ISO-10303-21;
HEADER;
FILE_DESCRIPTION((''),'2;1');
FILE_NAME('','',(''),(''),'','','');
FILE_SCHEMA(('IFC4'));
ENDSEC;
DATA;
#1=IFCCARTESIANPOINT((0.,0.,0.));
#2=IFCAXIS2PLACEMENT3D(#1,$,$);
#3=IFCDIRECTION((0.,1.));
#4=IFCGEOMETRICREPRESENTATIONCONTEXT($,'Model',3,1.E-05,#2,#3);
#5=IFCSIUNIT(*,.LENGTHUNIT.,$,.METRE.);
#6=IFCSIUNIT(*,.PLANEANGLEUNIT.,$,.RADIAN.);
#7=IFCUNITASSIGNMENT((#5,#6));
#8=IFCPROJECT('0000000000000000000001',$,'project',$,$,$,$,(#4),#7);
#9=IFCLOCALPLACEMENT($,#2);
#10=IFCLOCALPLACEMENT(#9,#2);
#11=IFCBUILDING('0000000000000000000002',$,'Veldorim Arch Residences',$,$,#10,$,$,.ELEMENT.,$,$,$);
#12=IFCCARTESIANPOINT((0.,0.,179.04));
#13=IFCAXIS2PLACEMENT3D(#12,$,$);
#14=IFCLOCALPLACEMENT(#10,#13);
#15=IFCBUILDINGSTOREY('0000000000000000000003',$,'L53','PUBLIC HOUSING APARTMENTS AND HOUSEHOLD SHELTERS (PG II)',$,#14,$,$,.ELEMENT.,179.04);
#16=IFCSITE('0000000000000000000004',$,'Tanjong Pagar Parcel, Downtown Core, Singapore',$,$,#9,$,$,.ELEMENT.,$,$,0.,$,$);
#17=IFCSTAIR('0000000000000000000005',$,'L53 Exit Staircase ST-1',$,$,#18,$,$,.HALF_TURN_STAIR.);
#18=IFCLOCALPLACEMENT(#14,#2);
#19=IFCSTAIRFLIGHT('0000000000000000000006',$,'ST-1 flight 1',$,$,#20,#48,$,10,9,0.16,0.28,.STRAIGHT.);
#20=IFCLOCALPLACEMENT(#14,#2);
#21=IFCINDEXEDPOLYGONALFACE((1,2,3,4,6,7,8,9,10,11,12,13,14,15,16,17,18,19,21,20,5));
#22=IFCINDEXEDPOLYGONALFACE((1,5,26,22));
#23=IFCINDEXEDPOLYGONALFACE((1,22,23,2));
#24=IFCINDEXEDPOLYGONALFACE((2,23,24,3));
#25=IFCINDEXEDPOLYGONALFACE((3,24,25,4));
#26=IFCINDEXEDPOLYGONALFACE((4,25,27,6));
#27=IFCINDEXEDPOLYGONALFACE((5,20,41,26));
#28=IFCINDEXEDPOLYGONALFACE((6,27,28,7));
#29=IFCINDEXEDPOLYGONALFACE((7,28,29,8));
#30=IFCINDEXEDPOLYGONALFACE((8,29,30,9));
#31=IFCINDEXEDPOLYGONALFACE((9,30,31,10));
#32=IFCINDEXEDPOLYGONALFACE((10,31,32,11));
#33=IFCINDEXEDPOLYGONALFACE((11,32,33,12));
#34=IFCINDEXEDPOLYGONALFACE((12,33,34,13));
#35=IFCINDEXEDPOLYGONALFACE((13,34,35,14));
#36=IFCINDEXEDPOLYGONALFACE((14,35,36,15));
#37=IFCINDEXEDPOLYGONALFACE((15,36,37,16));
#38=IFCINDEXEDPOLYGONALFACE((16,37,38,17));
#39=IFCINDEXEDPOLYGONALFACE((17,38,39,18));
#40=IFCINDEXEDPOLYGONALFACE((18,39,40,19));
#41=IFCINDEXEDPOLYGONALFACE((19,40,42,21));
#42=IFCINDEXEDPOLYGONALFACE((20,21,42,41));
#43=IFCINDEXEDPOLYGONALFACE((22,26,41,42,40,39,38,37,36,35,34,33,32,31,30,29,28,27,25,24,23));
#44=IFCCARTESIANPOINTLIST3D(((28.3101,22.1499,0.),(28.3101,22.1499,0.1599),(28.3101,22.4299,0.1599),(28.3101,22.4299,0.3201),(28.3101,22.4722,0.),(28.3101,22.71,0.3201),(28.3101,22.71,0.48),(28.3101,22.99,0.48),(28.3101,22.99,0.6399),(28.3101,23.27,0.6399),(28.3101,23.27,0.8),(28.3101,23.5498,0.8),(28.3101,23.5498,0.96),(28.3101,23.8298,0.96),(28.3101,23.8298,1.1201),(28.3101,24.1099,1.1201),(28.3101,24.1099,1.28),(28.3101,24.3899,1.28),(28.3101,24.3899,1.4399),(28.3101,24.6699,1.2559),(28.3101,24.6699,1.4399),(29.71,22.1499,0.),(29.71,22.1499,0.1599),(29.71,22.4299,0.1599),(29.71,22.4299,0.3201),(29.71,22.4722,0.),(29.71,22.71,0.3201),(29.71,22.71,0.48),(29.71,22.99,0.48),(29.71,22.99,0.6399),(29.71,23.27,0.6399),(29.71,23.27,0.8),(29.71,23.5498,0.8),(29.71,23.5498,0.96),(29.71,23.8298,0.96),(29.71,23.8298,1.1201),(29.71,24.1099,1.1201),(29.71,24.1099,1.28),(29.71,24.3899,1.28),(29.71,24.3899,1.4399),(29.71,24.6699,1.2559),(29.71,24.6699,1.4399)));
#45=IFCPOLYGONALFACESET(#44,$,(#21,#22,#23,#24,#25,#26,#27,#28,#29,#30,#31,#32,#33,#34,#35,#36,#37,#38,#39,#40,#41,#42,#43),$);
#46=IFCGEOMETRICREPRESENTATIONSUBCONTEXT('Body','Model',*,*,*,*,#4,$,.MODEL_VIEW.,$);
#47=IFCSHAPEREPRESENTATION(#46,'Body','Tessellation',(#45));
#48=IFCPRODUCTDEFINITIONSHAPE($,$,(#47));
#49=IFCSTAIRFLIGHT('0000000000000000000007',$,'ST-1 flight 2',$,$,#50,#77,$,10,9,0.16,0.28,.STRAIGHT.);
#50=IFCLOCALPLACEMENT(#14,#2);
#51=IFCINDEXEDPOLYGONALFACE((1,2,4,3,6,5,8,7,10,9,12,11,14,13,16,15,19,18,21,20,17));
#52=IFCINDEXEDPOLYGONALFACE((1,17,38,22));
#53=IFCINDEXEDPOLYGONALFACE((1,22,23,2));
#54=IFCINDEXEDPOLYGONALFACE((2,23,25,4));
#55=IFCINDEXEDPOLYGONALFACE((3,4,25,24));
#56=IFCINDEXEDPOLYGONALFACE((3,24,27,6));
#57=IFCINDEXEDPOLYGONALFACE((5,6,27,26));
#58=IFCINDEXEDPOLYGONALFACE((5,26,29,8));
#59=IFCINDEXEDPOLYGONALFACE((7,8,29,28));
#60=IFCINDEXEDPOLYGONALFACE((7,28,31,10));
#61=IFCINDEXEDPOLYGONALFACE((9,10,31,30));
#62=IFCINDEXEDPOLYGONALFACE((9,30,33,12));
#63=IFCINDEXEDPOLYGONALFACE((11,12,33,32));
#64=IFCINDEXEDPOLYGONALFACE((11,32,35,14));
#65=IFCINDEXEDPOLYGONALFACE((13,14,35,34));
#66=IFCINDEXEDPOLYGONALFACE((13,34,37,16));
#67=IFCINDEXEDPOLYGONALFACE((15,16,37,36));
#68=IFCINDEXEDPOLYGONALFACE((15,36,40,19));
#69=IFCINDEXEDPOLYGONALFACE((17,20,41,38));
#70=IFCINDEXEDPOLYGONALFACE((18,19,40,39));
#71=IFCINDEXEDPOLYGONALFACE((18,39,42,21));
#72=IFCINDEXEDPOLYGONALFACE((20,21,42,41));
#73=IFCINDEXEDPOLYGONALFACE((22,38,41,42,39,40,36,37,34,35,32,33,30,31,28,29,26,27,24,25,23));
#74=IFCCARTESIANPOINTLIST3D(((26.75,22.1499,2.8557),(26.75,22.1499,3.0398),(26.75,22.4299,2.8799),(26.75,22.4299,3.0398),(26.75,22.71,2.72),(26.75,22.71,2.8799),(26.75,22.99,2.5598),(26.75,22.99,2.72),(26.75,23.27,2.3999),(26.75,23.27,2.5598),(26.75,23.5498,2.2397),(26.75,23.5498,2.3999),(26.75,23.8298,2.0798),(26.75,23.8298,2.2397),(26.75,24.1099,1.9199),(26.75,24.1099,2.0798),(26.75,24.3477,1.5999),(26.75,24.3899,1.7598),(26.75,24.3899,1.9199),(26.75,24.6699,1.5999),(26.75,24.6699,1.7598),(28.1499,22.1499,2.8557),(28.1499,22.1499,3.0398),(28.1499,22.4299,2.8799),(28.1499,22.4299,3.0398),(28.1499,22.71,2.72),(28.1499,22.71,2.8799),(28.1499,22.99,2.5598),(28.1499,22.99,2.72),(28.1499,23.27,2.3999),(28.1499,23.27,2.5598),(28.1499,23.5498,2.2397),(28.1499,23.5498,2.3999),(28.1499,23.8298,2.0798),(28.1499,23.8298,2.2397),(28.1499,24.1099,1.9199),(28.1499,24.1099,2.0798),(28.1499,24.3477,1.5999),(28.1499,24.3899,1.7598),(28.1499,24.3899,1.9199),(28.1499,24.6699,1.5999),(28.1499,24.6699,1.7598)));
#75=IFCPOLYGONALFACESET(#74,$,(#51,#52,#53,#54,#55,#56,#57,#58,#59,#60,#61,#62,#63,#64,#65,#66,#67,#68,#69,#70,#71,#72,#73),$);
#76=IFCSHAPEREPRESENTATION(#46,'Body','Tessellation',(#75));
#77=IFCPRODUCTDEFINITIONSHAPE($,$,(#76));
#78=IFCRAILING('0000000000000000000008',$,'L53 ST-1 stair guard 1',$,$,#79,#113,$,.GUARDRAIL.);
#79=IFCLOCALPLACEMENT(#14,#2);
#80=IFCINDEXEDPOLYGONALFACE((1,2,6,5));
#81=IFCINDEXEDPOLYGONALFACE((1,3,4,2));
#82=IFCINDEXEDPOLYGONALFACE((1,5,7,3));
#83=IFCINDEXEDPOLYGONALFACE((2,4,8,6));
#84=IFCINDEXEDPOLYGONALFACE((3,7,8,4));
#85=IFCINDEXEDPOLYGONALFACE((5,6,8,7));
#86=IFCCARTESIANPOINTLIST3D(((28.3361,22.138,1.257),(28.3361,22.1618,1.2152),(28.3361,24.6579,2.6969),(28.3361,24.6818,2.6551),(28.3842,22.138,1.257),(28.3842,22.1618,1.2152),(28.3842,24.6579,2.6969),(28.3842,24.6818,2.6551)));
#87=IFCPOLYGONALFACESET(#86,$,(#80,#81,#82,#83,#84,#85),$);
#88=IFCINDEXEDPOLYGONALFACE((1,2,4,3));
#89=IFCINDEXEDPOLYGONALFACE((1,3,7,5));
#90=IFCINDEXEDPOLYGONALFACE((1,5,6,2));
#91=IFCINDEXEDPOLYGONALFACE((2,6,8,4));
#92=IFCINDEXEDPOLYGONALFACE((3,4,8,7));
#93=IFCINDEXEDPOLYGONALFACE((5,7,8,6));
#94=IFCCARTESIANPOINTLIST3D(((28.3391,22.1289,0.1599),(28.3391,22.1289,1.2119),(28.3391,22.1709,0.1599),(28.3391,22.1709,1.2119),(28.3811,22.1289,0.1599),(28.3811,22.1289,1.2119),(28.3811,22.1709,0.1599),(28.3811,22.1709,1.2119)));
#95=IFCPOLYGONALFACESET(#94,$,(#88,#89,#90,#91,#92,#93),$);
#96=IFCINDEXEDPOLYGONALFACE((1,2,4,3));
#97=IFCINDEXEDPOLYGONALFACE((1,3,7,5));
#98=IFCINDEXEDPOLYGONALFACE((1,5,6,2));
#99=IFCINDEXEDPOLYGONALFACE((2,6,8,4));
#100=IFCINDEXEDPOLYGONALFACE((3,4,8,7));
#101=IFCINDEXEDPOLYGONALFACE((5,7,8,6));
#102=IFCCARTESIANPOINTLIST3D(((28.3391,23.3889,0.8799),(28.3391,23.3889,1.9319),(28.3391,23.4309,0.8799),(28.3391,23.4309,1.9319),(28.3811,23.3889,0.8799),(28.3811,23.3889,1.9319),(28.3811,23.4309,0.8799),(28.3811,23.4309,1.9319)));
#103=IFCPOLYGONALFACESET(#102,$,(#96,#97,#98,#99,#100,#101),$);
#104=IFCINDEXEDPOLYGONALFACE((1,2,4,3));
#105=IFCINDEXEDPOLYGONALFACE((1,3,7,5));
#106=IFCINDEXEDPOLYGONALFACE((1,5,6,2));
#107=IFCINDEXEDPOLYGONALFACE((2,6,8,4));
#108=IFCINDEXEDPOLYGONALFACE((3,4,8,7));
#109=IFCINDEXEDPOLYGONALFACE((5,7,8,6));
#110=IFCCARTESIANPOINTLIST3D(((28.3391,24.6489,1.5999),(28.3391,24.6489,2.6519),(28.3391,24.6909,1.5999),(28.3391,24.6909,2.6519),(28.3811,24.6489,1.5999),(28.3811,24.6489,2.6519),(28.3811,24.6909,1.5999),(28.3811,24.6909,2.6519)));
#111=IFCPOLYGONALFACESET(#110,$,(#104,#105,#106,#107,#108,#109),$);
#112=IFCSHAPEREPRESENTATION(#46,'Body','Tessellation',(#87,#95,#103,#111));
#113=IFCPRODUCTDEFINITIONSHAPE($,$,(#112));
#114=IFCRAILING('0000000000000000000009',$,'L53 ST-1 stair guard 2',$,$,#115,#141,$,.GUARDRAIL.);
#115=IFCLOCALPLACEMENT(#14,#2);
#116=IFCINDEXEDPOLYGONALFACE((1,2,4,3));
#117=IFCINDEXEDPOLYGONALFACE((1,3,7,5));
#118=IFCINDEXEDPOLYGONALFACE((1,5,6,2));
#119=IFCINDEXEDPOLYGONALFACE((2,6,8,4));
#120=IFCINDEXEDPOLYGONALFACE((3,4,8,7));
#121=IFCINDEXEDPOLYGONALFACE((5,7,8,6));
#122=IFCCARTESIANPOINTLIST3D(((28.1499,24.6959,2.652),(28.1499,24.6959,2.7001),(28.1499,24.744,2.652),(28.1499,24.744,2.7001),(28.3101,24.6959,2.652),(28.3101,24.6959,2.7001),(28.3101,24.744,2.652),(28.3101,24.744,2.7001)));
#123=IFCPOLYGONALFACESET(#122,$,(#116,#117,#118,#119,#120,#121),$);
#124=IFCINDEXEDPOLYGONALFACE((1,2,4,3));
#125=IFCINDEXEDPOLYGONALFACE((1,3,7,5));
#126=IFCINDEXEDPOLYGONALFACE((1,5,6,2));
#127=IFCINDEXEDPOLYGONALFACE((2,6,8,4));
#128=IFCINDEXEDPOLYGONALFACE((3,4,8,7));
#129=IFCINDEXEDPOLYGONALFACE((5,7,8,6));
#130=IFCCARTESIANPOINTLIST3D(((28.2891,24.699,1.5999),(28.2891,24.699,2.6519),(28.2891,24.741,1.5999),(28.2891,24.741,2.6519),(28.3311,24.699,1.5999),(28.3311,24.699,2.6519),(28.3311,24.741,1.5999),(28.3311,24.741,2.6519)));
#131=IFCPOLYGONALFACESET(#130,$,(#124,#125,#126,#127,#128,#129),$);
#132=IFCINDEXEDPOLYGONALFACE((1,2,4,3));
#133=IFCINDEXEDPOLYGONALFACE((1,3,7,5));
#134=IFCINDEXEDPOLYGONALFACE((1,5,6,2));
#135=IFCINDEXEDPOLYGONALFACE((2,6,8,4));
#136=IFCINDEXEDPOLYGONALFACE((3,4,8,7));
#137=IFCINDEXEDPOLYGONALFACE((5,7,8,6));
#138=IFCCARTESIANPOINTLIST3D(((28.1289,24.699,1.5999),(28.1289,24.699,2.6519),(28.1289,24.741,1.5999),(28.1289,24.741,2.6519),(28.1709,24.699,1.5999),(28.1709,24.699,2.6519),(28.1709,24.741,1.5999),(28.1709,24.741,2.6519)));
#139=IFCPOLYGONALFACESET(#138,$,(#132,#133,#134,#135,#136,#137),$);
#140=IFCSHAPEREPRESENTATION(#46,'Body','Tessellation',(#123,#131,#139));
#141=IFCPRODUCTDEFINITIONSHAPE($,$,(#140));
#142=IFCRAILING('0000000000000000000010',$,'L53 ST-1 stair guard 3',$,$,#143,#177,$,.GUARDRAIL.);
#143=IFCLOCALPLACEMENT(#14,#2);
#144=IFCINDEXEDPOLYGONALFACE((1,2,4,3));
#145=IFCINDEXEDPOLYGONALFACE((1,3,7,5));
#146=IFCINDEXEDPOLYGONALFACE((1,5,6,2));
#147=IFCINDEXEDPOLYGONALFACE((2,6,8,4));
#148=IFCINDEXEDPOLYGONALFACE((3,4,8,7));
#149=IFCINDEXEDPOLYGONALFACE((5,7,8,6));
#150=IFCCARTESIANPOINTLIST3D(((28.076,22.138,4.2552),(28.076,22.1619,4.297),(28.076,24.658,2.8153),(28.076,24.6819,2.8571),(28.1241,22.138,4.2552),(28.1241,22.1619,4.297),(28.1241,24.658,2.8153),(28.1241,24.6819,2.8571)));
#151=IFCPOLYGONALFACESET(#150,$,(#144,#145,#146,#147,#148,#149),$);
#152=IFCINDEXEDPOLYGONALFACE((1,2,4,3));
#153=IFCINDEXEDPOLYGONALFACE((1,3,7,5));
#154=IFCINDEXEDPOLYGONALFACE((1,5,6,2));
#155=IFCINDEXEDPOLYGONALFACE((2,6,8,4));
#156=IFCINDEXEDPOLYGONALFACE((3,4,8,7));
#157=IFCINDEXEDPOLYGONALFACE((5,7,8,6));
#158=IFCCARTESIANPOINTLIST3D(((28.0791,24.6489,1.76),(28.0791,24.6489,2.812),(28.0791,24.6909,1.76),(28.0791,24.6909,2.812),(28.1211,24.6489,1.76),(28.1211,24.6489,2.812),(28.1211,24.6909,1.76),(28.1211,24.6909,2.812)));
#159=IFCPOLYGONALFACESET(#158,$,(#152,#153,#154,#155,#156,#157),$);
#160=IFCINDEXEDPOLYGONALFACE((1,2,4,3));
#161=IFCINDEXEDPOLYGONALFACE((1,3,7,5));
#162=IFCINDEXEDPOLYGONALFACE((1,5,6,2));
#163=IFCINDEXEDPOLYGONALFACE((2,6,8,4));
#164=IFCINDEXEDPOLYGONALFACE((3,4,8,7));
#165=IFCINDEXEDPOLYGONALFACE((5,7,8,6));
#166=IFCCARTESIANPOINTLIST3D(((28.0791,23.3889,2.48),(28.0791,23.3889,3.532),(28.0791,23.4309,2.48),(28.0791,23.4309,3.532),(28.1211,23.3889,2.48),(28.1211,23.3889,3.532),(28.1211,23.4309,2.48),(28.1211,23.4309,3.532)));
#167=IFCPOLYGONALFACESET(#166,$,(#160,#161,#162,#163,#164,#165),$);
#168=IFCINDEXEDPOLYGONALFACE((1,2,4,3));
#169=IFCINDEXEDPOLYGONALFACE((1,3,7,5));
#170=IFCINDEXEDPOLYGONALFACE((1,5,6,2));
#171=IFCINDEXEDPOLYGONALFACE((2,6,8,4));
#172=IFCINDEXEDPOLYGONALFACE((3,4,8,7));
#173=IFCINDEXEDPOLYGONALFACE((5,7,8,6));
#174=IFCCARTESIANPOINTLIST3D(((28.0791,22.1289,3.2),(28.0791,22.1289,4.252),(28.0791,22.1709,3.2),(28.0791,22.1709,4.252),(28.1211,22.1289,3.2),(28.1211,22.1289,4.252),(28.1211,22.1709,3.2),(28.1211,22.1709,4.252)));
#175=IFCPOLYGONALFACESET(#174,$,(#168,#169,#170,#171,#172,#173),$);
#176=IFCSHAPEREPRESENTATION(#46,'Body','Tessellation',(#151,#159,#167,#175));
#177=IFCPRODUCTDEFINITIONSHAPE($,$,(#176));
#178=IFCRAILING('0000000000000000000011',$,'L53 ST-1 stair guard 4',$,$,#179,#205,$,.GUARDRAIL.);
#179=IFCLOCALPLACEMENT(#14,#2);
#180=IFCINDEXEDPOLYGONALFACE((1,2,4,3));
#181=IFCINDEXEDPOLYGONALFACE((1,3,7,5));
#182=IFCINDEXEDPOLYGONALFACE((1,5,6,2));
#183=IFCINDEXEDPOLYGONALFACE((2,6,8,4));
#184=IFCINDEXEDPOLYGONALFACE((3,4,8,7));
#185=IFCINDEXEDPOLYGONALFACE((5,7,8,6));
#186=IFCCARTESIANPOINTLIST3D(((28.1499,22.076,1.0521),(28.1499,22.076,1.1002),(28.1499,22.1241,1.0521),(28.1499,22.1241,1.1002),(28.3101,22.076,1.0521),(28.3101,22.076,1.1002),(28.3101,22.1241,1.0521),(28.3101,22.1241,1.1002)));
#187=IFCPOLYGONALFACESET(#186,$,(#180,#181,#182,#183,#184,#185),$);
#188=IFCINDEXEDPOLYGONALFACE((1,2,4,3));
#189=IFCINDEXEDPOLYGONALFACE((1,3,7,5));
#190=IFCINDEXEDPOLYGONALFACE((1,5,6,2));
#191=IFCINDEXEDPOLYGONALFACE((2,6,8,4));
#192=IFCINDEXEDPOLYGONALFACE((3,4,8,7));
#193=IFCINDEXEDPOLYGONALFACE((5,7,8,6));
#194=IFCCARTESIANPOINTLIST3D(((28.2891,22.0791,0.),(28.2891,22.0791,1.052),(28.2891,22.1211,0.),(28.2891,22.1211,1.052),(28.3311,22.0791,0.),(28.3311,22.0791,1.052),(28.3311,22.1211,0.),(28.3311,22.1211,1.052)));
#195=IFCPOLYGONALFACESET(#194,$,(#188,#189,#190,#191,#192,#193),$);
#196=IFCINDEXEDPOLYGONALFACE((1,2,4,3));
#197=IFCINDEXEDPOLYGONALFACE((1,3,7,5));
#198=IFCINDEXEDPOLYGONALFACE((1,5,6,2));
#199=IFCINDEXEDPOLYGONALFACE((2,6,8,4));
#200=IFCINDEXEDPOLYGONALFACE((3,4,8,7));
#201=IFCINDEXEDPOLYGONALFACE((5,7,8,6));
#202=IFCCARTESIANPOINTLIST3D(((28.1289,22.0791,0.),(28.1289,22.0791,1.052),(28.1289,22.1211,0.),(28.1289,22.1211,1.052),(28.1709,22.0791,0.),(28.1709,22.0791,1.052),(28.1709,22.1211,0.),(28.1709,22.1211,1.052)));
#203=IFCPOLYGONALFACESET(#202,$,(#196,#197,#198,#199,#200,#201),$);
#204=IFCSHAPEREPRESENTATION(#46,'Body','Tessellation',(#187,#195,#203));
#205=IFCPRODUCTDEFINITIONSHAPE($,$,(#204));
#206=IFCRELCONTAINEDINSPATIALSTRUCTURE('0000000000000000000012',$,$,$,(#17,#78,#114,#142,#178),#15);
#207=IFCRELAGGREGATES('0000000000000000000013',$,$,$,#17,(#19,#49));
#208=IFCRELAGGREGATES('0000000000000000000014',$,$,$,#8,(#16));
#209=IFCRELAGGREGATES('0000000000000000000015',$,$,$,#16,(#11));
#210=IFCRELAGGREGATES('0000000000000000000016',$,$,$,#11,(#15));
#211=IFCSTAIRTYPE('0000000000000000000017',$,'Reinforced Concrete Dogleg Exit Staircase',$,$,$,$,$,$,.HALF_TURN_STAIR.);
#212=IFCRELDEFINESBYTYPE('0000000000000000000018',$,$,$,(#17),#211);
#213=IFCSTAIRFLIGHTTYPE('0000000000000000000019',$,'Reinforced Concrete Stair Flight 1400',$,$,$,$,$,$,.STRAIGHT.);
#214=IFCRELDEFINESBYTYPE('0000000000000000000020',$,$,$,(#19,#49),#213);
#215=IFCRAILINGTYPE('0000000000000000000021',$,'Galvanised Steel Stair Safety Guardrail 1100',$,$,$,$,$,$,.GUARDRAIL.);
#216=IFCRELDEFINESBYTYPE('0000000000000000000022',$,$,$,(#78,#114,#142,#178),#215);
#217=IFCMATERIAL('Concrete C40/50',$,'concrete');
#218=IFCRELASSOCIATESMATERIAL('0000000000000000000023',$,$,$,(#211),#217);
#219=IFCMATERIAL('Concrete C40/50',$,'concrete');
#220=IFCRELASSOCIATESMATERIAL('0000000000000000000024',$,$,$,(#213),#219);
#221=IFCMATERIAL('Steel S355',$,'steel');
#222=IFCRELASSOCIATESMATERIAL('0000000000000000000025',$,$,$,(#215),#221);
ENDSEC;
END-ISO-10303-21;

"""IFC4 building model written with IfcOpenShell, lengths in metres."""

from ifc_helpers import new_model, si_unit, direction, frame, origin, origin_2d, place, context, subcontext, project, spatial, polyline, rectangle, outline, extrude, material, type_object, element, aggregate, save


model = new_model("IFC4")

# Units and contexts
model_context = context("Model", 3, precision=1e-05, world=origin(), true_north=direction((0.0, 1.0)))
body_context = subcontext(model_context, "Body", "Model", "MODEL_VIEW")
ifc_project = project(units=[si_unit("LENGTHUNIT", "METRE"), si_unit("PLANEANGLEUNIT", "RADIAN")], contexts=[model_context])

# Site, building, storey
site_placement = place(None, origin())
site = spatial("IfcSite", under=ifc_project, at=site_placement, Name="Tanjong Pagar Parcel, Downtown Core, Singapore", CompositionType="ELEMENT", RefElevation=0.0)
building_placement = place(site_placement, origin())
building = spatial("IfcBuilding", under=site, at=building_placement, Name="Veldorim Arch Residences", CompositionType="ELEMENT")
storey_placement = place(building_placement, frame((0.0, 0.0, 179.04)))
storey = spatial("IfcBuildingStorey", under=building, at=storey_placement, Name="L53", Description="PUBLIC HOUSING APARTMENTS AND HOUSEHOLD SHELTERS (PG II)", CompositionType="ELEMENT", Elevation=179.04)

# Stair, stair flights
ifc_material_1 = material(Name="Concrete C40/50", Category="concrete")
stair_type = type_object("IfcStairType", Name="Reinforced Concrete Dogleg Exit Staircase", PredefinedType="HALF_TURN_STAIR", material=ifc_material_1)
stair_placement = place(storey_placement, origin())
stair = element("IfcStair", 1, at=stair_placement, inside=storey, type_object=stair_type, Name="L53 Exit Staircase ST-1", PredefinedType="HALF_TURN_STAIR")
ifc_material_2 = material(Name="Concrete C40/50", Category="concrete")
stair_flight_type = type_object("IfcStairFlightType", Name="Reinforced Concrete Stair Flight 1400", PredefinedType="STRAIGHT", material=ifc_material_2)
stair_flight_1_placement = place(storey_placement, frame((29.01, 22.1499, 0.0), z_axis=(0.0, 0.0, 1.0), x_axis=(0.0, 1.0, 0.0)))
stair_flight_1 = element("IfcStairFlight", 2, at=stair_flight_1_placement, type_object=stair_flight_type, Name="ST-1 flight 1", NumberOfRisers=10, NumberOfTreads=9, PredefinedType="STRAIGHT", RiserHeight=0.16, TreadLength=0.28, context=body_context, shape_type="SweptSolid", body=[
    extrude(outline(polyline([(0.0, 0.0), (0.0, 0.1599), (0.28, 0.1599), (0.28, 0.3201), (0.5601, 0.3201), (0.5601, 0.48), (0.8401, 0.48), (0.8401, 0.6399), (1.1201, 0.6399), (1.1201, 0.8), (1.3999, 0.8), (1.3999, 0.96), (1.6799, 0.96), (1.6799, 1.1201), (1.96, 1.1201), (1.96, 1.28), (2.24, 1.28), (2.24, 1.4399), (2.52, 1.4399), (2.52, 1.6001), (2.52, 1.2559), (0.3223, 0.0), (0.0, 0.0)])), frame((0.0, 0.7, 0.0), z_axis=(0.0, -1.0, 0.0), x_axis=(1.0, 0.0, 0.0)), (0.0, 0.0, 1.0), 1.3999),
])
stair_flight_2_placement = place(storey_placement, frame((27.45, 24.6699, 1.5999), z_axis=(0.0, 0.0, 1.0), x_axis=(0.0, -1.0, 0.0)))
stair_flight_2 = element("IfcStairFlight", 3, at=stair_flight_2_placement, type_object=stair_flight_type, Name="ST-1 flight 2", NumberOfRisers=10, NumberOfTreads=9, PredefinedType="STRAIGHT", RiserHeight=0.16, TreadLength=0.28, context=body_context, shape_type="SweptSolid", body=[
    extrude(outline(polyline([(0.0, 0.0), (0.0, 0.1599), (0.28, 0.1599), (0.28, 0.3201), (0.5601, 0.3201), (0.5601, 0.48), (0.8401, 0.48), (0.8401, 0.6399), (1.1201, 0.6399), (1.1201, 0.8), (1.3999, 0.8), (1.3999, 0.96), (1.6799, 0.96), (1.6799, 1.1201), (1.96, 1.1201), (1.96, 1.28), (2.24, 1.28), (2.24, 1.4399), (2.52, 1.4399), (2.52, 1.6001), (2.52, 1.2559), (0.3223, 0.0), (0.0, 0.0)])), frame((0.0, 0.7, 0.0), z_axis=(0.0, -1.0, 0.0), x_axis=(1.0, 0.0, 0.0)), (0.0, 0.0, 1.0), 1.3999),
])
aggregate(stair, [stair_flight_1, stair_flight_2])

# Railings
ifc_material_3 = material(Name="Steel S355", Category="steel")
railing_type_1 = type_object("IfcRailingType", Name="Galvanised Steel Stair Safety Guardrail 1100", PredefinedType="GUARDRAIL", material=ifc_material_3)
railing_1_placement = place(storey_placement, frame((28.3601, 22.1499, 0.1599)))
element("IfcRailing", 4, at=railing_1_placement, inside=storey, type_object=railing_type_1, Name="L53 ST-1 stair guard 1", PredefinedType="GUARDRAIL", context=body_context, shape_type="SweptSolid", body=[
    extrude(rectangle(XDim=0.0481, YDim=0.0481, at=origin_2d()), frame((0.0, 0.0, 1.0762), z_axis=(0.0, 0.868253, 0.496121), x_axis=(-1.0, 0.0, 0.0)), (0.0, 0.0, 1.0), 2.9023),
    extrude(rectangle(XDim=0.042, YDim=0.042, at=origin_2d()), origin(), (0.0, 0.0, 1.0), 1.052),
    extrude(rectangle(XDim=0.042, YDim=0.042, at=origin_2d()), frame((0.0, 1.26, 0.72)), (0.0, 0.0, 1.0), 1.052),
    extrude(rectangle(XDim=0.042, YDim=0.042, at=origin_2d()), frame((0.0, 2.52, 1.4399)), (0.0, 0.0, 1.0), 1.052),
])
railing_2_placement = place(storey_placement, frame((28.3101, 24.72, 1.5999)))
element("IfcRailing", 5, at=railing_2_placement, inside=storey, type_object=railing_type_1, Name="L53 ST-1 stair guard 2", PredefinedType="GUARDRAIL", context=body_context, shape_type="SweptSolid", body=[
    extrude(rectangle(XDim=0.0481, YDim=0.0481, at=origin_2d()), frame((0.0, 0.0, 1.0762), z_axis=(-1.0, 0.0, 0.0), x_axis=(0.0, -1.0, 0.0)), (0.0, 0.0, 1.0), 0.1602),
    extrude(rectangle(XDim=0.042, YDim=0.042, at=origin_2d()), origin(), (0.0, 0.0, 1.0), 1.052),
    extrude(rectangle(XDim=0.042, YDim=0.042, at=origin_2d()), frame((-0.1602, 0.0, 0.0)), (0.0, 0.0, 1.0), 1.052),
])
railing_3_placement = place(storey_placement, frame((28.1001, 24.6699, 1.76)))
element("IfcRailing", 6, at=railing_3_placement, inside=storey, type_object=railing_type_1, Name="L53 ST-1 stair guard 3", PredefinedType="GUARDRAIL", context=body_context, shape_type="SweptSolid", body=[
    extrude(rectangle(XDim=0.0481, YDim=0.0481, at=origin_2d()), frame((0.0, 0.0, 1.0762), z_axis=(0.0, -0.868253, 0.496121), x_axis=(1.0, 0.0, 0.0)), (0.0, 0.0, 1.0), 2.9023),
    extrude(rectangle(XDim=0.042, YDim=0.042, at=origin_2d()), origin(), (0.0, 0.0, 1.0), 1.052),
    extrude(rectangle(XDim=0.042, YDim=0.042, at=origin_2d()), frame((0.0, -1.26, 0.72)), (0.0, 0.0, 1.0), 1.052),
    extrude(rectangle(XDim=0.042, YDim=0.042, at=origin_2d()), frame((0.0, -2.52, 1.4399)), (0.0, 0.0, 1.0), 1.052),
])
railing_4_placement = place(storey_placement, frame((28.3101, 22.1001, 0.0)))
element("IfcRailing", 7, at=railing_4_placement, inside=storey, type_object=railing_type_1, Name="L53 ST-1 stair guard 4", PredefinedType="GUARDRAIL", context=body_context, shape_type="SweptSolid", body=[
    extrude(rectangle(XDim=0.0481, YDim=0.0481, at=origin_2d()), frame((0.0, 0.0, 1.0762), z_axis=(-1.0, 0.0, 0.0), x_axis=(0.0, -1.0, 0.0)), (0.0, 0.0, 1.0), 0.1602),
    extrude(rectangle(XDim=0.042, YDim=0.042, at=origin_2d()), origin(), (0.0, 0.0, 1.0), 1.052),
    extrude(rectangle(XDim=0.042, YDim=0.042, at=origin_2d()), frame((-0.1602, 0.0, 0.0)), (0.0, 0.0, 1.0), 1.052),
])

save(model, "model.ifc")
